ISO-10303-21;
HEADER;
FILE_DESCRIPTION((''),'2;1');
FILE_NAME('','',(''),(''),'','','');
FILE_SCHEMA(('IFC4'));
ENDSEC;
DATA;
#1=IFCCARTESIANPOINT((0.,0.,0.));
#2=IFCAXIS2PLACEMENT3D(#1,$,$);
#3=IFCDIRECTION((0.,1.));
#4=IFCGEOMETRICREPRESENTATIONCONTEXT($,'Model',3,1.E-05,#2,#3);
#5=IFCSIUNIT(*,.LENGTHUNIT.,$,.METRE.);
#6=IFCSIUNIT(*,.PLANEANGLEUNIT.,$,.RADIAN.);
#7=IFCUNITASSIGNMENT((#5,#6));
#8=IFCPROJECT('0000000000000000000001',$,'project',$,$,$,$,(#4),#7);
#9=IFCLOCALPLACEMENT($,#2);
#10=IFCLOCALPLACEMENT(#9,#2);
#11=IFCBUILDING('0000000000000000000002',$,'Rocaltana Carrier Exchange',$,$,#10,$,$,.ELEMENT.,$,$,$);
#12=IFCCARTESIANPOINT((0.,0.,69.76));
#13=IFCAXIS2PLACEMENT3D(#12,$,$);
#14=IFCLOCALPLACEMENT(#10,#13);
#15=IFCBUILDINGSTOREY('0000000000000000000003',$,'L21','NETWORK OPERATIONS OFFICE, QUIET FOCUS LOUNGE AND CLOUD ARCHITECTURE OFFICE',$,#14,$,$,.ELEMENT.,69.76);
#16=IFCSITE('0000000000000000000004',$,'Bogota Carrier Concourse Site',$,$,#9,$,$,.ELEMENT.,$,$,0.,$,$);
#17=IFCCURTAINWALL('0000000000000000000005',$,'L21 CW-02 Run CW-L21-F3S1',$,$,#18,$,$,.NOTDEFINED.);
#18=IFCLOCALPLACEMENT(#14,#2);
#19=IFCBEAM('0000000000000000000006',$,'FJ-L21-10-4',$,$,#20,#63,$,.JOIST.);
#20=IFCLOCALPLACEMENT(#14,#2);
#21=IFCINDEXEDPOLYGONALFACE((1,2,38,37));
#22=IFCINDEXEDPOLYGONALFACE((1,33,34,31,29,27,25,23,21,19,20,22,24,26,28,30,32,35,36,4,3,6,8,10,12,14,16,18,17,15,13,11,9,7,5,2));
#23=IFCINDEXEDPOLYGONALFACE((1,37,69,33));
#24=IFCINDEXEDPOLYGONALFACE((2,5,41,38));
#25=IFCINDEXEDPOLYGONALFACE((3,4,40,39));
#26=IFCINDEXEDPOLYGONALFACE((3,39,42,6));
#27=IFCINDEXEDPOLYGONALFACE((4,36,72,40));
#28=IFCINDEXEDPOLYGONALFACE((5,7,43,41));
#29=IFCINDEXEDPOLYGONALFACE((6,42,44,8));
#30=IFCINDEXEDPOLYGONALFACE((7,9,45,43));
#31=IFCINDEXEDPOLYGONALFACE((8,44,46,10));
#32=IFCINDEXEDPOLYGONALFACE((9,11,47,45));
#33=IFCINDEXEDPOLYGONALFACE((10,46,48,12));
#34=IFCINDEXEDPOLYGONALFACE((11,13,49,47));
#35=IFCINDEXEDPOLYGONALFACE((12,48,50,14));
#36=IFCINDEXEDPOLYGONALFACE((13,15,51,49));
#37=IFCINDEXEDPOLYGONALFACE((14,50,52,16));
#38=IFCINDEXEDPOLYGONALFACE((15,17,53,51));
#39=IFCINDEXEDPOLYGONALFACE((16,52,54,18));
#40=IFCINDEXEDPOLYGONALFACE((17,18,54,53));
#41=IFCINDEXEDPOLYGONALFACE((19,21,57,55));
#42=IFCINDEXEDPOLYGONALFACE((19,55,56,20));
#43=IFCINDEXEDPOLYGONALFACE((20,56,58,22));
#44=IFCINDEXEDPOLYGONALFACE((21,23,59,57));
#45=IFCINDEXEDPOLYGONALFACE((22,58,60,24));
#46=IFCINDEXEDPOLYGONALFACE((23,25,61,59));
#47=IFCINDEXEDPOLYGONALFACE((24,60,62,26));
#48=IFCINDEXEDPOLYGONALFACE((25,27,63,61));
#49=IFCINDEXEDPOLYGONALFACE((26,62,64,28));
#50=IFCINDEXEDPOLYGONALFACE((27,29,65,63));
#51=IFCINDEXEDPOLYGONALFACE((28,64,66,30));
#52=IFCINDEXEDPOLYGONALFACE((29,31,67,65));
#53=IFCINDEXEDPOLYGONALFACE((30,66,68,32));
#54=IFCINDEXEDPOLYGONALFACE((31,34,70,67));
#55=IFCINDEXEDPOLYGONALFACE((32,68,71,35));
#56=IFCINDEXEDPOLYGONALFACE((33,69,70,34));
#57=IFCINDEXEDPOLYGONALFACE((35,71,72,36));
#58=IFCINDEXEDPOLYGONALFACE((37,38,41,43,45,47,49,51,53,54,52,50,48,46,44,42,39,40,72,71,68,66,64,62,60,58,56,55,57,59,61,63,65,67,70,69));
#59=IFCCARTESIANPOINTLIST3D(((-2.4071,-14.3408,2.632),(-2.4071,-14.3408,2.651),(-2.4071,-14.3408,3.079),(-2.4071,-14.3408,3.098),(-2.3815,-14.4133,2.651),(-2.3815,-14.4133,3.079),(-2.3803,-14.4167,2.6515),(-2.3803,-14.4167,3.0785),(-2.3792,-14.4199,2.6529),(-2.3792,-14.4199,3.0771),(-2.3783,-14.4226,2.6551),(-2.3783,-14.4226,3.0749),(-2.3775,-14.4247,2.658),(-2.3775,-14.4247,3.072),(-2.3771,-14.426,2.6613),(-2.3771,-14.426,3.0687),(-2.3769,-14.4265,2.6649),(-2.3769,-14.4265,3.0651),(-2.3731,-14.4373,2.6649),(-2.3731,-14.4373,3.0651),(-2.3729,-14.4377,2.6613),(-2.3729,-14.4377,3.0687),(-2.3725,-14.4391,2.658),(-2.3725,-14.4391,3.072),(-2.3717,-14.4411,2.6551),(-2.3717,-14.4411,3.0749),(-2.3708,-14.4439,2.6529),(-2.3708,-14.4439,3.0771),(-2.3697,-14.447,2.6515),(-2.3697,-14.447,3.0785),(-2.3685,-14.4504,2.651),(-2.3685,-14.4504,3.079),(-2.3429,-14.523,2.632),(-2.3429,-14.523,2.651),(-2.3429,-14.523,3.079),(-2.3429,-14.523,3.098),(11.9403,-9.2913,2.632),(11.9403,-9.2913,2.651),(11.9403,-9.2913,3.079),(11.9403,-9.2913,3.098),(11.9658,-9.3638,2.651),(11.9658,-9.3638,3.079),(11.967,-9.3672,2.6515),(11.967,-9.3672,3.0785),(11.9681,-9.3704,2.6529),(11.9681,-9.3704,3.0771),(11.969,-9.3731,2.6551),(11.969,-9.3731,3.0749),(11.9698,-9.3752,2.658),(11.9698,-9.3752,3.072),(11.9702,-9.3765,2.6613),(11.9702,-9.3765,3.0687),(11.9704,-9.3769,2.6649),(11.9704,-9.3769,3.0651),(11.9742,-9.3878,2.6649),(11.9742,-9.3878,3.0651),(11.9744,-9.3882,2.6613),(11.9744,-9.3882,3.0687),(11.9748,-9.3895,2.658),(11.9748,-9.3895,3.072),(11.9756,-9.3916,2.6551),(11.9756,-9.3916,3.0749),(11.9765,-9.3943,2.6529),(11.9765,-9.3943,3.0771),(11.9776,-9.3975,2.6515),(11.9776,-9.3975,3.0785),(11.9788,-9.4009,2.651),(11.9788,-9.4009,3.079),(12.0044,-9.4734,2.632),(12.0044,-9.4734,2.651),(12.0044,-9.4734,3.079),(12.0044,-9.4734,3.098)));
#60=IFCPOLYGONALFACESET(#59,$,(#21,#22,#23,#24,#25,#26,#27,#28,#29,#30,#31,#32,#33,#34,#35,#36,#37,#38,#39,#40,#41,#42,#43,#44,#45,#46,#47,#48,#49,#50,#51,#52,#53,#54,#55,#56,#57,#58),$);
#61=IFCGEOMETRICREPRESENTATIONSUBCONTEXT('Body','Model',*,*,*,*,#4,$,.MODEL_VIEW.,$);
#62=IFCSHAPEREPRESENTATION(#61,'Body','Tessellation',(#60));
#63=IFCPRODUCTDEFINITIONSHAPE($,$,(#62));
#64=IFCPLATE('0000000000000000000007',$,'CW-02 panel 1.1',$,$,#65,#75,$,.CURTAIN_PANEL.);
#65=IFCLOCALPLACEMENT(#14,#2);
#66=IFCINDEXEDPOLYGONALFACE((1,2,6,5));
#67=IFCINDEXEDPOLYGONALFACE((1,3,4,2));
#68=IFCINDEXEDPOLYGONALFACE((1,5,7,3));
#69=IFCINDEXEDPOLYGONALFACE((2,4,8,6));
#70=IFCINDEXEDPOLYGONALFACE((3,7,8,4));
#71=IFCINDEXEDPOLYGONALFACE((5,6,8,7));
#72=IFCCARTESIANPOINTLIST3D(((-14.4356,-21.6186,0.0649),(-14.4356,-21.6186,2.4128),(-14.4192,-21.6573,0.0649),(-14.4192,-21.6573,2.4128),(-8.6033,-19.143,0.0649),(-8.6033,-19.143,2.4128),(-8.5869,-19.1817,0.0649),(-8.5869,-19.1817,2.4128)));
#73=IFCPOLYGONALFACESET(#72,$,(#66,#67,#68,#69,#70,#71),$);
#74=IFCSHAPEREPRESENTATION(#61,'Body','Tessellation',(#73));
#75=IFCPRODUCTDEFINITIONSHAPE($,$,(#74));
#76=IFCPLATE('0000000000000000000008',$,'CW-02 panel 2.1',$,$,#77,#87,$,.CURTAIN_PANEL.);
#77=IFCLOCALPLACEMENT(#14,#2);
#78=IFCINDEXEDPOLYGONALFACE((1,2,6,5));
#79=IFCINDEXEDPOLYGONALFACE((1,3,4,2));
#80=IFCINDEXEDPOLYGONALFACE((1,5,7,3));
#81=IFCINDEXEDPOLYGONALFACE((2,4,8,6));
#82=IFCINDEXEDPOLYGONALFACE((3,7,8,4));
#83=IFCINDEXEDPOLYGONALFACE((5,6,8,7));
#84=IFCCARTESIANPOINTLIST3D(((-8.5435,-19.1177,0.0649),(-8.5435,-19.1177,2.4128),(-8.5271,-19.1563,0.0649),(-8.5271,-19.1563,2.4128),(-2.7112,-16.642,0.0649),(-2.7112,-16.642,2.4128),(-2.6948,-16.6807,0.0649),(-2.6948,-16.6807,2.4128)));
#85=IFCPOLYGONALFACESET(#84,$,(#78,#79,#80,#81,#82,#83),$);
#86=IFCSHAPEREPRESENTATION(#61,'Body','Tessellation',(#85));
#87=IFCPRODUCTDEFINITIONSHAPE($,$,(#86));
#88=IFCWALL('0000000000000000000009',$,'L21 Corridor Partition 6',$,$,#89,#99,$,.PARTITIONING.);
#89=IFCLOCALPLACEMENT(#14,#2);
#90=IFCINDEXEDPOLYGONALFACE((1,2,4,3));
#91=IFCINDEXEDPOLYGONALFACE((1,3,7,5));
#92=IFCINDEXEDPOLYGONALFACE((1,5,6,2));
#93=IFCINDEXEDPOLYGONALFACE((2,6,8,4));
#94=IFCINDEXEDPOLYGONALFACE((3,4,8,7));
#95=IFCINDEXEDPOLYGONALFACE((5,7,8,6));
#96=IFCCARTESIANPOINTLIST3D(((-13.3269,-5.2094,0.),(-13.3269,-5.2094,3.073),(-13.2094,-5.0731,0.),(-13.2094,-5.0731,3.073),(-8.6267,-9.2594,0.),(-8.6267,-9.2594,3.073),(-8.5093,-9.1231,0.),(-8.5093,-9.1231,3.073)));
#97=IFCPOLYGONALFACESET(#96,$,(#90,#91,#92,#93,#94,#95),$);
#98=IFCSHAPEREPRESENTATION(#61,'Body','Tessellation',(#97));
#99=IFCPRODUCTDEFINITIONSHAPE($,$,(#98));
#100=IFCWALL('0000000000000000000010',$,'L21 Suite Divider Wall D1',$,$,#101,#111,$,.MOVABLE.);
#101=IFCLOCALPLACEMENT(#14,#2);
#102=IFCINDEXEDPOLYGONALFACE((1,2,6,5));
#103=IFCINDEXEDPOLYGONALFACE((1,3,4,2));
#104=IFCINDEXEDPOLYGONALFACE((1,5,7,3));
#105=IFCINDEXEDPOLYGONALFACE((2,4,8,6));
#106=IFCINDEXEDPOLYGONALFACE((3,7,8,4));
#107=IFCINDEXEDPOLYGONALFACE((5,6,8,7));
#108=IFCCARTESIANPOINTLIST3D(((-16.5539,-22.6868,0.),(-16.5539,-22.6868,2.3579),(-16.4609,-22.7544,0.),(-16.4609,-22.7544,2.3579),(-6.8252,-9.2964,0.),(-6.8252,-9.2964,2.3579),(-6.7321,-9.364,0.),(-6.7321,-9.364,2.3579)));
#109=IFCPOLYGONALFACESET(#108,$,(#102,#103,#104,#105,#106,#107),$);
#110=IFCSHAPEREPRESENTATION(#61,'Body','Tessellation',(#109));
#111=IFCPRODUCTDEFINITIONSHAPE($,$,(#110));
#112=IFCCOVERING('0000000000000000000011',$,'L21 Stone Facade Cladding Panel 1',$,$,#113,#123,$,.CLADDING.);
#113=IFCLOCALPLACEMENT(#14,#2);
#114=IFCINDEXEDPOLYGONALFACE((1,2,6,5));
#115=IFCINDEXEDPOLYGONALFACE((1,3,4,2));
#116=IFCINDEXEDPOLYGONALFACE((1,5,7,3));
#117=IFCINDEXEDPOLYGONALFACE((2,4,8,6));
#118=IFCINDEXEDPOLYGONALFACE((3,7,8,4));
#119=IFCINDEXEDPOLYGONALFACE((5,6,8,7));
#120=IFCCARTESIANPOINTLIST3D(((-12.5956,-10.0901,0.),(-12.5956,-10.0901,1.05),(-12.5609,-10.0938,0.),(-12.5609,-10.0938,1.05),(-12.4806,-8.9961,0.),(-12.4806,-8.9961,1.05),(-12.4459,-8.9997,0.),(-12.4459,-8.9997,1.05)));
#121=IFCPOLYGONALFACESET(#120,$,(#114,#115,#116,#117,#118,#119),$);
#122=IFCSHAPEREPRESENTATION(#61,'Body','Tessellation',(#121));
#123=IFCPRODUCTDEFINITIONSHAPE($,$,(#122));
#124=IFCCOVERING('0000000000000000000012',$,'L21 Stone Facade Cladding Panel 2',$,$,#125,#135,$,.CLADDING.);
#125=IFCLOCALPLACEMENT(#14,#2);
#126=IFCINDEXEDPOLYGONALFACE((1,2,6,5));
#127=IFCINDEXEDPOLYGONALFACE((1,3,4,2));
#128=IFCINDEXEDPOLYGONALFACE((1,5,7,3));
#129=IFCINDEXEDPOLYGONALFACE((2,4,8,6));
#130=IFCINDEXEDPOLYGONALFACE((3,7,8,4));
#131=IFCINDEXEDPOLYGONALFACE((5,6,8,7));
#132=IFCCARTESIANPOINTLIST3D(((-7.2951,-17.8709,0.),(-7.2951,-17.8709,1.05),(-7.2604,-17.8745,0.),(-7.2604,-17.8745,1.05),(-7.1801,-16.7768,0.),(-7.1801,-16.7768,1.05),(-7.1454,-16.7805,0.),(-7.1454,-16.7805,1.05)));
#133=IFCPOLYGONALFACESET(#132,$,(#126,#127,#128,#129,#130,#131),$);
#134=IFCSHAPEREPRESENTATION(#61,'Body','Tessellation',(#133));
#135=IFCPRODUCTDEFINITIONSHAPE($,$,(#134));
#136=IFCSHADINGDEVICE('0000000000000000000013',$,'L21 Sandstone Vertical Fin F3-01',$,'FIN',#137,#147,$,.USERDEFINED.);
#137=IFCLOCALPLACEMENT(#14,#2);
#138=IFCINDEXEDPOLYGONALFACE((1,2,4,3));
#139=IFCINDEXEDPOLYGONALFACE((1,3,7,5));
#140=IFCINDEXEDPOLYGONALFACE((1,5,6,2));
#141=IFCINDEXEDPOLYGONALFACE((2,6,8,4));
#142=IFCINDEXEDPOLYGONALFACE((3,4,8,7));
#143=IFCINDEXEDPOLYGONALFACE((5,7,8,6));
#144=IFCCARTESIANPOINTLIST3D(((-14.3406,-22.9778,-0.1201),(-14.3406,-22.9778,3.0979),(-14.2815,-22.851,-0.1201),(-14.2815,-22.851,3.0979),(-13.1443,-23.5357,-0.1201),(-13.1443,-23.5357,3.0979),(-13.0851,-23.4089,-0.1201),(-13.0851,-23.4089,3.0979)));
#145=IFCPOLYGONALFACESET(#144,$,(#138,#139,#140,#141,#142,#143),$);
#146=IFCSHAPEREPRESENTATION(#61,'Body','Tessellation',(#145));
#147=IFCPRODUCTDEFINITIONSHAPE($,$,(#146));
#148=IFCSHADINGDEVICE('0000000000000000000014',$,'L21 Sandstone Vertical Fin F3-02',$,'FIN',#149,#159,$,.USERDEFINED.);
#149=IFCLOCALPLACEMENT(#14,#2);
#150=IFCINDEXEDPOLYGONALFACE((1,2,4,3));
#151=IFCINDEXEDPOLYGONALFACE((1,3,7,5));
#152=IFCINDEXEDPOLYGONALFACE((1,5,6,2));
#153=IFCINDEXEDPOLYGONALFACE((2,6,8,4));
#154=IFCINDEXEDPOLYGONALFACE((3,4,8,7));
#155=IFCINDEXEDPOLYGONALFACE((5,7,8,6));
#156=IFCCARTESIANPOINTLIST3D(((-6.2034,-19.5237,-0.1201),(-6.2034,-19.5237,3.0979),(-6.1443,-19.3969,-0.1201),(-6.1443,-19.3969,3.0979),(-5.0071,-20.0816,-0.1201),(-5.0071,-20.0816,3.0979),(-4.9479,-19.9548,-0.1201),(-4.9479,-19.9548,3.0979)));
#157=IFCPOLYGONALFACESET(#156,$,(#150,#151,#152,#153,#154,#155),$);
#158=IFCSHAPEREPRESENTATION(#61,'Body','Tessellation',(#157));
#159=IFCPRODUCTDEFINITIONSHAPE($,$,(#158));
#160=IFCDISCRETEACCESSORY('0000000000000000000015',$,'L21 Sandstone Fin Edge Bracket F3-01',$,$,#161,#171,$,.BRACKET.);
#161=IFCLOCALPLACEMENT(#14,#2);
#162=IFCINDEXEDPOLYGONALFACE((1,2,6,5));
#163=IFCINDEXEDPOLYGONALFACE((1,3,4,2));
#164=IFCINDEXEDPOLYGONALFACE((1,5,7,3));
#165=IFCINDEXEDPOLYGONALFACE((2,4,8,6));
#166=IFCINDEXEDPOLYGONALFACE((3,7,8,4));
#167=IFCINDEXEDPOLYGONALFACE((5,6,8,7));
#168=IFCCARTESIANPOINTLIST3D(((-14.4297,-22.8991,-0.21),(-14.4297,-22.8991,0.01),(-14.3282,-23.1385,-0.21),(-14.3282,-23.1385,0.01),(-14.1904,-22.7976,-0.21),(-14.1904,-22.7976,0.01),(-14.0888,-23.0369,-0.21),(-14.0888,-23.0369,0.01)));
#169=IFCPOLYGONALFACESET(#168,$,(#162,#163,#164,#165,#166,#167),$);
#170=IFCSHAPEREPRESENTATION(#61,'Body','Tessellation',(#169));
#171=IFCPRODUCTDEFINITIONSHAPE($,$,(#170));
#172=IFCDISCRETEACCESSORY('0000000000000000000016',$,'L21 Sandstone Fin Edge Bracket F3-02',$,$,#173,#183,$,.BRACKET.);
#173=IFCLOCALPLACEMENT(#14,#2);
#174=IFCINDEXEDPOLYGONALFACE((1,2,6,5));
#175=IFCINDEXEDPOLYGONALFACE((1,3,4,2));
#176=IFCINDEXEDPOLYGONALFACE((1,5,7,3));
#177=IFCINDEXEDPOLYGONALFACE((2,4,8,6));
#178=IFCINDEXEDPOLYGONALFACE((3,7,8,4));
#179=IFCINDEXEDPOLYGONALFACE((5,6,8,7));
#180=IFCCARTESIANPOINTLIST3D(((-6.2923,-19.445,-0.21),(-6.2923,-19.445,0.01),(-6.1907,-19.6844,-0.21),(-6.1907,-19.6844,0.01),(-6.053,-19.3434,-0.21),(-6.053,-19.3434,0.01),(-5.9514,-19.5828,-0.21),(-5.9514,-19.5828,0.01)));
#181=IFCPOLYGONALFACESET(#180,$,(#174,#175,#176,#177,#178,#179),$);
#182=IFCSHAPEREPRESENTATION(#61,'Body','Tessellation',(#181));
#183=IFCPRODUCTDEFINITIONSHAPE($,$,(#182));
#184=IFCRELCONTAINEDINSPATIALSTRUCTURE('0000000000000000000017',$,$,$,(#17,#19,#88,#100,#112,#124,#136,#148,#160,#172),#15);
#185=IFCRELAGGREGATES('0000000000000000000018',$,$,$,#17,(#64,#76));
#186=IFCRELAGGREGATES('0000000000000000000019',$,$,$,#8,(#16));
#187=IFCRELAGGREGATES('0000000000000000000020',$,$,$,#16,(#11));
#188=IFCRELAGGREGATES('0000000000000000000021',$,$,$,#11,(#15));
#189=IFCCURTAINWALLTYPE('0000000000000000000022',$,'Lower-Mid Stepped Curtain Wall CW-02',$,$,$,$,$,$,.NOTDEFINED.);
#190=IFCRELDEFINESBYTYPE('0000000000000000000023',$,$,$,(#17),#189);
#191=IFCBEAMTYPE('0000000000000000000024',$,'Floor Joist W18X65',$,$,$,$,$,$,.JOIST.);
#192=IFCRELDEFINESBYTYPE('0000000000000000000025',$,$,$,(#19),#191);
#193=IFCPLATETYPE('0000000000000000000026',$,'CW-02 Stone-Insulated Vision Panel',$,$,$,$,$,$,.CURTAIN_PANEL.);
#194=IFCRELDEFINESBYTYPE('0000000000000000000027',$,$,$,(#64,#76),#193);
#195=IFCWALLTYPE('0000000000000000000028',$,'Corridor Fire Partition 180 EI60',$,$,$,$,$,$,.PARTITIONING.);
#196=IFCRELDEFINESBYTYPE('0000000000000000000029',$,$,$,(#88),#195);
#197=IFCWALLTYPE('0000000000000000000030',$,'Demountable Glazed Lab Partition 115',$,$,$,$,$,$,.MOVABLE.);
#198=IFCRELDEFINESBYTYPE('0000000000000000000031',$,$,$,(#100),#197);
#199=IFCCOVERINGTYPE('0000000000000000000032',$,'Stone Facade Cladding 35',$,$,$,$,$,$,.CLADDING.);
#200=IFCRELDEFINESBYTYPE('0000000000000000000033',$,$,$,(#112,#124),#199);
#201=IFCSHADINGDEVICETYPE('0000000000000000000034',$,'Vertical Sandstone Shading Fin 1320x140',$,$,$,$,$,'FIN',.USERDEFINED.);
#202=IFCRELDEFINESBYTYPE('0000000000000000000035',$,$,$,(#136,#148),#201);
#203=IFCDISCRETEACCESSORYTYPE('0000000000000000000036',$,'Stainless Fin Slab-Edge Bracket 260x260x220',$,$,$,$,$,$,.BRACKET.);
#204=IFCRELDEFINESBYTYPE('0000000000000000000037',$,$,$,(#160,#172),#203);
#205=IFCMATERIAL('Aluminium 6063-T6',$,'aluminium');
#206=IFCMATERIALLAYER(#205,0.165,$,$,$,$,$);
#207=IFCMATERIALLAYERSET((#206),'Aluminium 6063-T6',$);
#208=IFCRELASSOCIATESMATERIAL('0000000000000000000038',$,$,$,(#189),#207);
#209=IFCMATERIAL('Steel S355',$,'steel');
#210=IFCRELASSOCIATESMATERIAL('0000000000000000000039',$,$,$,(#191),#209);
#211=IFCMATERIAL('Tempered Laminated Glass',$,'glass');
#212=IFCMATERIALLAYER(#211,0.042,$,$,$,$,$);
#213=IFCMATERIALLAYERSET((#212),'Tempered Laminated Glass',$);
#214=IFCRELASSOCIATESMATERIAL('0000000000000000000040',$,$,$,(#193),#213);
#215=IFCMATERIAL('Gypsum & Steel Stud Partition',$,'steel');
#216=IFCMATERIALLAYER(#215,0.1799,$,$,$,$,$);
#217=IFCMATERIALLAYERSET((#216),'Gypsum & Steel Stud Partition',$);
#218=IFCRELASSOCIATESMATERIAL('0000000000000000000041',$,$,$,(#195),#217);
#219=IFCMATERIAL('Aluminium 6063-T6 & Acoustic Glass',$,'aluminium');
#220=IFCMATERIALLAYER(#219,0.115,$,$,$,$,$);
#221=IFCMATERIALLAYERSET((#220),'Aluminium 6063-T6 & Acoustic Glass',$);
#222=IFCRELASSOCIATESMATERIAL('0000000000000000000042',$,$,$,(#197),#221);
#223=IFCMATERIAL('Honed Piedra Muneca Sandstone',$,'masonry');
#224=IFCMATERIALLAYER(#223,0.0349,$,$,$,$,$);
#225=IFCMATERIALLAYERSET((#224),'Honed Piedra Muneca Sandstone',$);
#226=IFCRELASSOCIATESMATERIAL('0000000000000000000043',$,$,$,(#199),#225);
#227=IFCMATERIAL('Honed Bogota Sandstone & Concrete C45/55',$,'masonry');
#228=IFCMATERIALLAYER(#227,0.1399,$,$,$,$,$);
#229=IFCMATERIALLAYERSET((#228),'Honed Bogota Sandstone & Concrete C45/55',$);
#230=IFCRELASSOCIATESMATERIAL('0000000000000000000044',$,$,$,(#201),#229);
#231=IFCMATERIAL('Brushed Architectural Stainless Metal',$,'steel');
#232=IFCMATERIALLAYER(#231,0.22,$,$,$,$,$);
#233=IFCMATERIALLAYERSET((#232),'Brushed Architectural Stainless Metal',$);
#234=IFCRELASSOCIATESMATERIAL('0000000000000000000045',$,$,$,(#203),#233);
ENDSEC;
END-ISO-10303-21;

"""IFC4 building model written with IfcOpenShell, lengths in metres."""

from ifc_helpers import new_model, si_unit, direction, frame, frame_2d, origin, origin_2d, place, context, subcontext, project, spatial, rectangle, i_section, extrude, material, layer, layer_set, material_profile, profile_set, type_object, element, aggregate, save


model = new_model("IFC4")

# Units and contexts
model_context = context("Model", 3, precision=1e-05, world=origin(), true_north=direction((0.0, 1.0)))
body_context = subcontext(model_context, "Body", "Model", "MODEL_VIEW")
ifc_project = project(units=[si_unit("LENGTHUNIT", "METRE"), si_unit("PLANEANGLEUNIT", "RADIAN")], contexts=[model_context])

# Site, building, storey
site_placement = place(None, origin())
site = spatial("IfcSite", under=ifc_project, at=site_placement, Name="Bogota Carrier Concourse Site", CompositionType="ELEMENT", RefElevation=0.0)
building_placement = place(site_placement, origin())
building = spatial("IfcBuilding", under=site, at=building_placement, Name="Rocaltana Carrier Exchange", CompositionType="ELEMENT")
storey_placement = place(building_placement, frame((0.0, 0.0, 69.76)))
storey = spatial("IfcBuildingStorey", under=building, at=storey_placement, Name="L21", Description="NETWORK OPERATIONS OFFICE, QUIET FOCUS LOUNGE AND CLOUD ARCHITECTURE OFFICE", CompositionType="ELEMENT", Elevation=69.76)

# Curtain wall
ifc_material_1 = material(Name="Aluminium 6063-T6", Category="aluminium")
ifc_layer_1 = layer(ifc_material_1, 0.165)
ifc_layer_set_1 = layer_set([ifc_layer_1], Name="Aluminium 6063-T6")
curtain_wall_type = type_object("IfcCurtainWallType", Name="Lower-Mid Stepped Curtain Wall CW-02", PredefinedType="NOTDEFINED", material=ifc_layer_set_1)
curtain_wall_placement = place(storey_placement, origin())
curtain_wall = element("IfcCurtainWall", 1, at=curtain_wall_placement, inside=storey, type_object=curtain_wall_type, Name="L21 CW-02 Run CW-L21-F3S1", PredefinedType="NOTDEFINED")

# Beam
ifc_material_2 = material(Name="Steel S355", Category="steel")
ifc_material_profile_1 = material_profile(ifc_material_2, i_section(OverallWidth=0.1931, OverallDepth=0.4661, WebThickness=0.0115, FlangeThickness=0.019, FilletRadius=0.0139, at=origin_2d()), Name="W18X65")
ifc_profile_set_1 = profile_set([ifc_material_profile_1], Name="Steel S355")
beam_type = type_object("IfcBeamType", Name="Floor Joist W18X65", PredefinedType="JOIST", material=ifc_profile_set_1)
beam_1_placement = place(storey_placement, frame((-2.375, -14.4319, 2.865), z_axis=(0.943284, 0.331988, 0.0), x_axis=(-0.331988, 0.943284, 0.0)))
element("IfcBeam", 2, at=beam_1_placement, inside=storey, type_object=beam_type, Name="FJ-L21-10-4", PredefinedType="JOIST", context=body_context, shape_type="SweptSolid", body=[
    extrude(i_section(OverallWidth=0.1931, OverallDepth=0.4661, WebThickness=0.0115, FlangeThickness=0.019, FilletRadius=0.0139, at=origin_2d()), origin(), (0.0, 0.0, 1.0), 15.21),
])

# Plates
ifc_material_3 = material(Name="Tempered Laminated Glass", Category="glass")
ifc_layer_2 = layer(ifc_material_3, 0.042)
ifc_layer_set_2 = layer_set([ifc_layer_2], Name="Tempered Laminated Glass")
plate_type = type_object("IfcPlateType", Name="CW-02 Stone-Insulated Vision Panel", PredefinedType="CURTAIN_PANEL", material=ifc_layer_set_2)
plate_1_placement = place(storey_placement, frame((-11.5112, -20.4001, 0.0649), z_axis=(0.0, 0.0, 1.0), x_axis=(0.920506, 0.390729, 0.0)))
plate_1 = element("IfcPlate", 3, at=plate_1_placement, type_object=plate_type, Name="CW-02 panel 1.1", PredefinedType="CURTAIN_PANEL", context=body_context, shape_type="SweptSolid", body=[
    extrude(rectangle(XDim=6.3359, YDim=0.042, at=origin_2d()), origin(), (0.0, 0.0, 1.0), 2.3479),
])
plate_2_placement = place(storey_placement, frame((-5.6191, -17.8992, 0.0649), z_axis=(0.0, 0.0, 1.0), x_axis=(0.920506, 0.390729, 0.0)))
plate_2 = element("IfcPlate", 4, at=plate_2_placement, type_object=plate_type, Name="CW-02 panel 2.1", PredefinedType="CURTAIN_PANEL", context=body_context, shape_type="SweptSolid", body=[
    extrude(rectangle(XDim=6.3359, YDim=0.042, at=origin_2d()), origin(), (0.0, 0.0, 1.0), 2.3479),
])
aggregate(curtain_wall, [plate_1, plate_2])

# Walls
ifc_material_4 = material(Name="Gypsum & Steel Stud Partition", Category="steel")
ifc_layer_3 = layer(ifc_material_4, 0.1799)
ifc_layer_set_3 = layer_set([ifc_layer_3], Name="Gypsum & Steel Stud Partition")
wall_type_1 = type_object("IfcWallType", Name="Corridor Fire Partition 180 EI60", PredefinedType="PARTITIONING", material=ifc_layer_set_3)
wall_1_placement = place(storey_placement, frame((-8.5681, -9.1912, 0.0), z_axis=(0.0, 0.0, 1.0), x_axis=(-0.757557, 0.652769, 0.0)))
element("IfcWall", 5, at=wall_1_placement, inside=storey, type_object=wall_type_1, Name="L21 Corridor Partition 6", PredefinedType="PARTITIONING", context=body_context, shape_type="SweptSolid", body=[
    extrude(rectangle(XDim=6.2043, YDim=0.1799, at=frame_2d((3.1021, 0.0))), origin(), (0.0, 0.0, 1.0), 3.073),
])
ifc_material_5 = material(Name="Aluminium 6063-T6 & Acoustic Glass", Category="aluminium")
ifc_layer_4 = layer(ifc_material_5, 0.115)
ifc_layer_set_4 = layer_set([ifc_layer_4], Name="Aluminium 6063-T6 & Acoustic Glass")
wall_type_2 = type_object("IfcWallType", Name="Demountable Glazed Lab Partition 115", PredefinedType="MOVABLE", material=ifc_layer_set_4)
wall_2_placement = place(storey_placement, frame((-6.7786, -9.3301, 0.0), z_axis=(0.0, 0.0, 1.0), x_axis=(-0.587788, -0.809015, 0.0)))
element("IfcWall", 6, at=wall_2_placement, inside=storey, type_object=wall_type_2, Name="L21 Suite Divider Wall D1", PredefinedType="MOVABLE", context=body_context, shape_type="SweptSolid", body=[
    extrude(rectangle(XDim=16.5515, YDim=0.115, at=frame_2d((8.2759, 0.0))), origin(), (0.0, 0.0, 1.0), 2.3579),
])

# Coverings
ifc_material_6 = material(Name="Honed Piedra Muneca Sandstone", Category="masonry")
ifc_layer_5 = layer(ifc_material_6, 0.0349)
ifc_layer_set_5 = layer_set([ifc_layer_5], Name="Honed Piedra Muneca Sandstone")
covering_type = type_object("IfcCoveringType", Name="Stone Facade Cladding 35", PredefinedType="CLADDING", material=ifc_layer_set_5)
for number, where, z_axis, x_axis, name in (
    (7, (-12.5208, -9.5449, 0.0), (0.0, 0.0, 1.0), (0.104528, 0.994522, 0.0), "L21 Stone Facade Cladding Panel 1"),
    (8, (-7.2202, -17.3257, 0.0), (0.0, 0.0, 1.0), (0.104528, 0.994522, 0.0), "L21 Stone Facade Cladding Panel 2"),
):
    element("IfcCovering", number, at=place(storey_placement, frame(where, z_axis=z_axis, x_axis=x_axis)), inside=storey, type_object=covering_type, Name=name, PredefinedType="CLADDING", context=body_context, shape_type="SweptSolid", body=[
        extrude(rectangle(XDim=1.1001, YDim=0.0349, at=origin_2d()), origin(), (0.0, 0.0, 1.0), 1.05),
    ])

# Shading devices
ifc_material_7 = material(Name="Honed Bogota Sandstone & Concrete C45/55", Category="masonry")
ifc_layer_6 = layer(ifc_material_7, 0.1399)
ifc_layer_set_6 = layer_set([ifc_layer_6], Name="Honed Bogota Sandstone & Concrete C45/55")
shading_device_type = type_object("IfcShadingDeviceType", Name="Vertical Sandstone Shading Fin 1320x140", ElementType="FIN", PredefinedType="USERDEFINED", material=ifc_layer_set_6)
for number, where, z_axis, x_axis, name in (
    (9, (-13.7129, -23.1934, -0.1201), (0.0, 0.0, 1.0), (0.906308, -0.422618, 0.0), "L21 Sandstone Vertical Fin F3-01"),
    (10, (-5.5757, -19.7393, -0.1201), (0.0, 0.0, 1.0), (0.906308, -0.422618, 0.0), "L21 Sandstone Vertical Fin F3-02"),
):
    element("IfcShadingDevice", number, at=place(storey_placement, frame(where, z_axis=z_axis, x_axis=x_axis)), inside=storey, type_object=shading_device_type, Name=name, ObjectType="FIN", PredefinedType="USERDEFINED", context=body_context, shape_type="SweptSolid", body=[
        extrude(rectangle(XDim=1.3201, YDim=0.1399, at=origin_2d()), origin(), (0.0, 0.0, 1.0), 3.218),
    ])

# Discrete accessories
ifc_material_8 = material(Name="Brushed Architectural Stainless Metal", Category="steel")
ifc_layer_7 = layer(ifc_material_8, 0.22)
ifc_layer_set_7 = layer_set([ifc_layer_7], Name="Brushed Architectural Stainless Metal")
discrete_accessory_type = type_object("IfcDiscreteAccessoryType", Name="Stainless Fin Slab-Edge Bracket 260x260x220", PredefinedType="BRACKET", material=ifc_layer_set_7)
for number, where, z_axis, x_axis, name in (
    (11, (-14.2593, -22.968, -0.21), (0.0, 0.0, 1.0), (0.920505, 0.390731, 0.0), "L21 Sandstone Fin Edge Bracket F3-01"),
    (12, (-6.1218, -19.5139, -0.21), (0.0, 0.0, 1.0), (0.920505, 0.390731, 0.0), "L21 Sandstone Fin Edge Bracket F3-02"),
):
    element("IfcDiscreteAccessory", number, at=place(storey_placement, frame(where, z_axis=z_axis, x_axis=x_axis)), inside=storey, type_object=discrete_accessory_type, Name=name, PredefinedType="BRACKET", context=body_context, shape_type="SweptSolid", body=[
        extrude(rectangle(XDim=0.26, YDim=0.26, at=origin_2d()), origin(), (0.0, 0.0, 1.0), 0.22),
    ])

save(model, "model.ifc")
